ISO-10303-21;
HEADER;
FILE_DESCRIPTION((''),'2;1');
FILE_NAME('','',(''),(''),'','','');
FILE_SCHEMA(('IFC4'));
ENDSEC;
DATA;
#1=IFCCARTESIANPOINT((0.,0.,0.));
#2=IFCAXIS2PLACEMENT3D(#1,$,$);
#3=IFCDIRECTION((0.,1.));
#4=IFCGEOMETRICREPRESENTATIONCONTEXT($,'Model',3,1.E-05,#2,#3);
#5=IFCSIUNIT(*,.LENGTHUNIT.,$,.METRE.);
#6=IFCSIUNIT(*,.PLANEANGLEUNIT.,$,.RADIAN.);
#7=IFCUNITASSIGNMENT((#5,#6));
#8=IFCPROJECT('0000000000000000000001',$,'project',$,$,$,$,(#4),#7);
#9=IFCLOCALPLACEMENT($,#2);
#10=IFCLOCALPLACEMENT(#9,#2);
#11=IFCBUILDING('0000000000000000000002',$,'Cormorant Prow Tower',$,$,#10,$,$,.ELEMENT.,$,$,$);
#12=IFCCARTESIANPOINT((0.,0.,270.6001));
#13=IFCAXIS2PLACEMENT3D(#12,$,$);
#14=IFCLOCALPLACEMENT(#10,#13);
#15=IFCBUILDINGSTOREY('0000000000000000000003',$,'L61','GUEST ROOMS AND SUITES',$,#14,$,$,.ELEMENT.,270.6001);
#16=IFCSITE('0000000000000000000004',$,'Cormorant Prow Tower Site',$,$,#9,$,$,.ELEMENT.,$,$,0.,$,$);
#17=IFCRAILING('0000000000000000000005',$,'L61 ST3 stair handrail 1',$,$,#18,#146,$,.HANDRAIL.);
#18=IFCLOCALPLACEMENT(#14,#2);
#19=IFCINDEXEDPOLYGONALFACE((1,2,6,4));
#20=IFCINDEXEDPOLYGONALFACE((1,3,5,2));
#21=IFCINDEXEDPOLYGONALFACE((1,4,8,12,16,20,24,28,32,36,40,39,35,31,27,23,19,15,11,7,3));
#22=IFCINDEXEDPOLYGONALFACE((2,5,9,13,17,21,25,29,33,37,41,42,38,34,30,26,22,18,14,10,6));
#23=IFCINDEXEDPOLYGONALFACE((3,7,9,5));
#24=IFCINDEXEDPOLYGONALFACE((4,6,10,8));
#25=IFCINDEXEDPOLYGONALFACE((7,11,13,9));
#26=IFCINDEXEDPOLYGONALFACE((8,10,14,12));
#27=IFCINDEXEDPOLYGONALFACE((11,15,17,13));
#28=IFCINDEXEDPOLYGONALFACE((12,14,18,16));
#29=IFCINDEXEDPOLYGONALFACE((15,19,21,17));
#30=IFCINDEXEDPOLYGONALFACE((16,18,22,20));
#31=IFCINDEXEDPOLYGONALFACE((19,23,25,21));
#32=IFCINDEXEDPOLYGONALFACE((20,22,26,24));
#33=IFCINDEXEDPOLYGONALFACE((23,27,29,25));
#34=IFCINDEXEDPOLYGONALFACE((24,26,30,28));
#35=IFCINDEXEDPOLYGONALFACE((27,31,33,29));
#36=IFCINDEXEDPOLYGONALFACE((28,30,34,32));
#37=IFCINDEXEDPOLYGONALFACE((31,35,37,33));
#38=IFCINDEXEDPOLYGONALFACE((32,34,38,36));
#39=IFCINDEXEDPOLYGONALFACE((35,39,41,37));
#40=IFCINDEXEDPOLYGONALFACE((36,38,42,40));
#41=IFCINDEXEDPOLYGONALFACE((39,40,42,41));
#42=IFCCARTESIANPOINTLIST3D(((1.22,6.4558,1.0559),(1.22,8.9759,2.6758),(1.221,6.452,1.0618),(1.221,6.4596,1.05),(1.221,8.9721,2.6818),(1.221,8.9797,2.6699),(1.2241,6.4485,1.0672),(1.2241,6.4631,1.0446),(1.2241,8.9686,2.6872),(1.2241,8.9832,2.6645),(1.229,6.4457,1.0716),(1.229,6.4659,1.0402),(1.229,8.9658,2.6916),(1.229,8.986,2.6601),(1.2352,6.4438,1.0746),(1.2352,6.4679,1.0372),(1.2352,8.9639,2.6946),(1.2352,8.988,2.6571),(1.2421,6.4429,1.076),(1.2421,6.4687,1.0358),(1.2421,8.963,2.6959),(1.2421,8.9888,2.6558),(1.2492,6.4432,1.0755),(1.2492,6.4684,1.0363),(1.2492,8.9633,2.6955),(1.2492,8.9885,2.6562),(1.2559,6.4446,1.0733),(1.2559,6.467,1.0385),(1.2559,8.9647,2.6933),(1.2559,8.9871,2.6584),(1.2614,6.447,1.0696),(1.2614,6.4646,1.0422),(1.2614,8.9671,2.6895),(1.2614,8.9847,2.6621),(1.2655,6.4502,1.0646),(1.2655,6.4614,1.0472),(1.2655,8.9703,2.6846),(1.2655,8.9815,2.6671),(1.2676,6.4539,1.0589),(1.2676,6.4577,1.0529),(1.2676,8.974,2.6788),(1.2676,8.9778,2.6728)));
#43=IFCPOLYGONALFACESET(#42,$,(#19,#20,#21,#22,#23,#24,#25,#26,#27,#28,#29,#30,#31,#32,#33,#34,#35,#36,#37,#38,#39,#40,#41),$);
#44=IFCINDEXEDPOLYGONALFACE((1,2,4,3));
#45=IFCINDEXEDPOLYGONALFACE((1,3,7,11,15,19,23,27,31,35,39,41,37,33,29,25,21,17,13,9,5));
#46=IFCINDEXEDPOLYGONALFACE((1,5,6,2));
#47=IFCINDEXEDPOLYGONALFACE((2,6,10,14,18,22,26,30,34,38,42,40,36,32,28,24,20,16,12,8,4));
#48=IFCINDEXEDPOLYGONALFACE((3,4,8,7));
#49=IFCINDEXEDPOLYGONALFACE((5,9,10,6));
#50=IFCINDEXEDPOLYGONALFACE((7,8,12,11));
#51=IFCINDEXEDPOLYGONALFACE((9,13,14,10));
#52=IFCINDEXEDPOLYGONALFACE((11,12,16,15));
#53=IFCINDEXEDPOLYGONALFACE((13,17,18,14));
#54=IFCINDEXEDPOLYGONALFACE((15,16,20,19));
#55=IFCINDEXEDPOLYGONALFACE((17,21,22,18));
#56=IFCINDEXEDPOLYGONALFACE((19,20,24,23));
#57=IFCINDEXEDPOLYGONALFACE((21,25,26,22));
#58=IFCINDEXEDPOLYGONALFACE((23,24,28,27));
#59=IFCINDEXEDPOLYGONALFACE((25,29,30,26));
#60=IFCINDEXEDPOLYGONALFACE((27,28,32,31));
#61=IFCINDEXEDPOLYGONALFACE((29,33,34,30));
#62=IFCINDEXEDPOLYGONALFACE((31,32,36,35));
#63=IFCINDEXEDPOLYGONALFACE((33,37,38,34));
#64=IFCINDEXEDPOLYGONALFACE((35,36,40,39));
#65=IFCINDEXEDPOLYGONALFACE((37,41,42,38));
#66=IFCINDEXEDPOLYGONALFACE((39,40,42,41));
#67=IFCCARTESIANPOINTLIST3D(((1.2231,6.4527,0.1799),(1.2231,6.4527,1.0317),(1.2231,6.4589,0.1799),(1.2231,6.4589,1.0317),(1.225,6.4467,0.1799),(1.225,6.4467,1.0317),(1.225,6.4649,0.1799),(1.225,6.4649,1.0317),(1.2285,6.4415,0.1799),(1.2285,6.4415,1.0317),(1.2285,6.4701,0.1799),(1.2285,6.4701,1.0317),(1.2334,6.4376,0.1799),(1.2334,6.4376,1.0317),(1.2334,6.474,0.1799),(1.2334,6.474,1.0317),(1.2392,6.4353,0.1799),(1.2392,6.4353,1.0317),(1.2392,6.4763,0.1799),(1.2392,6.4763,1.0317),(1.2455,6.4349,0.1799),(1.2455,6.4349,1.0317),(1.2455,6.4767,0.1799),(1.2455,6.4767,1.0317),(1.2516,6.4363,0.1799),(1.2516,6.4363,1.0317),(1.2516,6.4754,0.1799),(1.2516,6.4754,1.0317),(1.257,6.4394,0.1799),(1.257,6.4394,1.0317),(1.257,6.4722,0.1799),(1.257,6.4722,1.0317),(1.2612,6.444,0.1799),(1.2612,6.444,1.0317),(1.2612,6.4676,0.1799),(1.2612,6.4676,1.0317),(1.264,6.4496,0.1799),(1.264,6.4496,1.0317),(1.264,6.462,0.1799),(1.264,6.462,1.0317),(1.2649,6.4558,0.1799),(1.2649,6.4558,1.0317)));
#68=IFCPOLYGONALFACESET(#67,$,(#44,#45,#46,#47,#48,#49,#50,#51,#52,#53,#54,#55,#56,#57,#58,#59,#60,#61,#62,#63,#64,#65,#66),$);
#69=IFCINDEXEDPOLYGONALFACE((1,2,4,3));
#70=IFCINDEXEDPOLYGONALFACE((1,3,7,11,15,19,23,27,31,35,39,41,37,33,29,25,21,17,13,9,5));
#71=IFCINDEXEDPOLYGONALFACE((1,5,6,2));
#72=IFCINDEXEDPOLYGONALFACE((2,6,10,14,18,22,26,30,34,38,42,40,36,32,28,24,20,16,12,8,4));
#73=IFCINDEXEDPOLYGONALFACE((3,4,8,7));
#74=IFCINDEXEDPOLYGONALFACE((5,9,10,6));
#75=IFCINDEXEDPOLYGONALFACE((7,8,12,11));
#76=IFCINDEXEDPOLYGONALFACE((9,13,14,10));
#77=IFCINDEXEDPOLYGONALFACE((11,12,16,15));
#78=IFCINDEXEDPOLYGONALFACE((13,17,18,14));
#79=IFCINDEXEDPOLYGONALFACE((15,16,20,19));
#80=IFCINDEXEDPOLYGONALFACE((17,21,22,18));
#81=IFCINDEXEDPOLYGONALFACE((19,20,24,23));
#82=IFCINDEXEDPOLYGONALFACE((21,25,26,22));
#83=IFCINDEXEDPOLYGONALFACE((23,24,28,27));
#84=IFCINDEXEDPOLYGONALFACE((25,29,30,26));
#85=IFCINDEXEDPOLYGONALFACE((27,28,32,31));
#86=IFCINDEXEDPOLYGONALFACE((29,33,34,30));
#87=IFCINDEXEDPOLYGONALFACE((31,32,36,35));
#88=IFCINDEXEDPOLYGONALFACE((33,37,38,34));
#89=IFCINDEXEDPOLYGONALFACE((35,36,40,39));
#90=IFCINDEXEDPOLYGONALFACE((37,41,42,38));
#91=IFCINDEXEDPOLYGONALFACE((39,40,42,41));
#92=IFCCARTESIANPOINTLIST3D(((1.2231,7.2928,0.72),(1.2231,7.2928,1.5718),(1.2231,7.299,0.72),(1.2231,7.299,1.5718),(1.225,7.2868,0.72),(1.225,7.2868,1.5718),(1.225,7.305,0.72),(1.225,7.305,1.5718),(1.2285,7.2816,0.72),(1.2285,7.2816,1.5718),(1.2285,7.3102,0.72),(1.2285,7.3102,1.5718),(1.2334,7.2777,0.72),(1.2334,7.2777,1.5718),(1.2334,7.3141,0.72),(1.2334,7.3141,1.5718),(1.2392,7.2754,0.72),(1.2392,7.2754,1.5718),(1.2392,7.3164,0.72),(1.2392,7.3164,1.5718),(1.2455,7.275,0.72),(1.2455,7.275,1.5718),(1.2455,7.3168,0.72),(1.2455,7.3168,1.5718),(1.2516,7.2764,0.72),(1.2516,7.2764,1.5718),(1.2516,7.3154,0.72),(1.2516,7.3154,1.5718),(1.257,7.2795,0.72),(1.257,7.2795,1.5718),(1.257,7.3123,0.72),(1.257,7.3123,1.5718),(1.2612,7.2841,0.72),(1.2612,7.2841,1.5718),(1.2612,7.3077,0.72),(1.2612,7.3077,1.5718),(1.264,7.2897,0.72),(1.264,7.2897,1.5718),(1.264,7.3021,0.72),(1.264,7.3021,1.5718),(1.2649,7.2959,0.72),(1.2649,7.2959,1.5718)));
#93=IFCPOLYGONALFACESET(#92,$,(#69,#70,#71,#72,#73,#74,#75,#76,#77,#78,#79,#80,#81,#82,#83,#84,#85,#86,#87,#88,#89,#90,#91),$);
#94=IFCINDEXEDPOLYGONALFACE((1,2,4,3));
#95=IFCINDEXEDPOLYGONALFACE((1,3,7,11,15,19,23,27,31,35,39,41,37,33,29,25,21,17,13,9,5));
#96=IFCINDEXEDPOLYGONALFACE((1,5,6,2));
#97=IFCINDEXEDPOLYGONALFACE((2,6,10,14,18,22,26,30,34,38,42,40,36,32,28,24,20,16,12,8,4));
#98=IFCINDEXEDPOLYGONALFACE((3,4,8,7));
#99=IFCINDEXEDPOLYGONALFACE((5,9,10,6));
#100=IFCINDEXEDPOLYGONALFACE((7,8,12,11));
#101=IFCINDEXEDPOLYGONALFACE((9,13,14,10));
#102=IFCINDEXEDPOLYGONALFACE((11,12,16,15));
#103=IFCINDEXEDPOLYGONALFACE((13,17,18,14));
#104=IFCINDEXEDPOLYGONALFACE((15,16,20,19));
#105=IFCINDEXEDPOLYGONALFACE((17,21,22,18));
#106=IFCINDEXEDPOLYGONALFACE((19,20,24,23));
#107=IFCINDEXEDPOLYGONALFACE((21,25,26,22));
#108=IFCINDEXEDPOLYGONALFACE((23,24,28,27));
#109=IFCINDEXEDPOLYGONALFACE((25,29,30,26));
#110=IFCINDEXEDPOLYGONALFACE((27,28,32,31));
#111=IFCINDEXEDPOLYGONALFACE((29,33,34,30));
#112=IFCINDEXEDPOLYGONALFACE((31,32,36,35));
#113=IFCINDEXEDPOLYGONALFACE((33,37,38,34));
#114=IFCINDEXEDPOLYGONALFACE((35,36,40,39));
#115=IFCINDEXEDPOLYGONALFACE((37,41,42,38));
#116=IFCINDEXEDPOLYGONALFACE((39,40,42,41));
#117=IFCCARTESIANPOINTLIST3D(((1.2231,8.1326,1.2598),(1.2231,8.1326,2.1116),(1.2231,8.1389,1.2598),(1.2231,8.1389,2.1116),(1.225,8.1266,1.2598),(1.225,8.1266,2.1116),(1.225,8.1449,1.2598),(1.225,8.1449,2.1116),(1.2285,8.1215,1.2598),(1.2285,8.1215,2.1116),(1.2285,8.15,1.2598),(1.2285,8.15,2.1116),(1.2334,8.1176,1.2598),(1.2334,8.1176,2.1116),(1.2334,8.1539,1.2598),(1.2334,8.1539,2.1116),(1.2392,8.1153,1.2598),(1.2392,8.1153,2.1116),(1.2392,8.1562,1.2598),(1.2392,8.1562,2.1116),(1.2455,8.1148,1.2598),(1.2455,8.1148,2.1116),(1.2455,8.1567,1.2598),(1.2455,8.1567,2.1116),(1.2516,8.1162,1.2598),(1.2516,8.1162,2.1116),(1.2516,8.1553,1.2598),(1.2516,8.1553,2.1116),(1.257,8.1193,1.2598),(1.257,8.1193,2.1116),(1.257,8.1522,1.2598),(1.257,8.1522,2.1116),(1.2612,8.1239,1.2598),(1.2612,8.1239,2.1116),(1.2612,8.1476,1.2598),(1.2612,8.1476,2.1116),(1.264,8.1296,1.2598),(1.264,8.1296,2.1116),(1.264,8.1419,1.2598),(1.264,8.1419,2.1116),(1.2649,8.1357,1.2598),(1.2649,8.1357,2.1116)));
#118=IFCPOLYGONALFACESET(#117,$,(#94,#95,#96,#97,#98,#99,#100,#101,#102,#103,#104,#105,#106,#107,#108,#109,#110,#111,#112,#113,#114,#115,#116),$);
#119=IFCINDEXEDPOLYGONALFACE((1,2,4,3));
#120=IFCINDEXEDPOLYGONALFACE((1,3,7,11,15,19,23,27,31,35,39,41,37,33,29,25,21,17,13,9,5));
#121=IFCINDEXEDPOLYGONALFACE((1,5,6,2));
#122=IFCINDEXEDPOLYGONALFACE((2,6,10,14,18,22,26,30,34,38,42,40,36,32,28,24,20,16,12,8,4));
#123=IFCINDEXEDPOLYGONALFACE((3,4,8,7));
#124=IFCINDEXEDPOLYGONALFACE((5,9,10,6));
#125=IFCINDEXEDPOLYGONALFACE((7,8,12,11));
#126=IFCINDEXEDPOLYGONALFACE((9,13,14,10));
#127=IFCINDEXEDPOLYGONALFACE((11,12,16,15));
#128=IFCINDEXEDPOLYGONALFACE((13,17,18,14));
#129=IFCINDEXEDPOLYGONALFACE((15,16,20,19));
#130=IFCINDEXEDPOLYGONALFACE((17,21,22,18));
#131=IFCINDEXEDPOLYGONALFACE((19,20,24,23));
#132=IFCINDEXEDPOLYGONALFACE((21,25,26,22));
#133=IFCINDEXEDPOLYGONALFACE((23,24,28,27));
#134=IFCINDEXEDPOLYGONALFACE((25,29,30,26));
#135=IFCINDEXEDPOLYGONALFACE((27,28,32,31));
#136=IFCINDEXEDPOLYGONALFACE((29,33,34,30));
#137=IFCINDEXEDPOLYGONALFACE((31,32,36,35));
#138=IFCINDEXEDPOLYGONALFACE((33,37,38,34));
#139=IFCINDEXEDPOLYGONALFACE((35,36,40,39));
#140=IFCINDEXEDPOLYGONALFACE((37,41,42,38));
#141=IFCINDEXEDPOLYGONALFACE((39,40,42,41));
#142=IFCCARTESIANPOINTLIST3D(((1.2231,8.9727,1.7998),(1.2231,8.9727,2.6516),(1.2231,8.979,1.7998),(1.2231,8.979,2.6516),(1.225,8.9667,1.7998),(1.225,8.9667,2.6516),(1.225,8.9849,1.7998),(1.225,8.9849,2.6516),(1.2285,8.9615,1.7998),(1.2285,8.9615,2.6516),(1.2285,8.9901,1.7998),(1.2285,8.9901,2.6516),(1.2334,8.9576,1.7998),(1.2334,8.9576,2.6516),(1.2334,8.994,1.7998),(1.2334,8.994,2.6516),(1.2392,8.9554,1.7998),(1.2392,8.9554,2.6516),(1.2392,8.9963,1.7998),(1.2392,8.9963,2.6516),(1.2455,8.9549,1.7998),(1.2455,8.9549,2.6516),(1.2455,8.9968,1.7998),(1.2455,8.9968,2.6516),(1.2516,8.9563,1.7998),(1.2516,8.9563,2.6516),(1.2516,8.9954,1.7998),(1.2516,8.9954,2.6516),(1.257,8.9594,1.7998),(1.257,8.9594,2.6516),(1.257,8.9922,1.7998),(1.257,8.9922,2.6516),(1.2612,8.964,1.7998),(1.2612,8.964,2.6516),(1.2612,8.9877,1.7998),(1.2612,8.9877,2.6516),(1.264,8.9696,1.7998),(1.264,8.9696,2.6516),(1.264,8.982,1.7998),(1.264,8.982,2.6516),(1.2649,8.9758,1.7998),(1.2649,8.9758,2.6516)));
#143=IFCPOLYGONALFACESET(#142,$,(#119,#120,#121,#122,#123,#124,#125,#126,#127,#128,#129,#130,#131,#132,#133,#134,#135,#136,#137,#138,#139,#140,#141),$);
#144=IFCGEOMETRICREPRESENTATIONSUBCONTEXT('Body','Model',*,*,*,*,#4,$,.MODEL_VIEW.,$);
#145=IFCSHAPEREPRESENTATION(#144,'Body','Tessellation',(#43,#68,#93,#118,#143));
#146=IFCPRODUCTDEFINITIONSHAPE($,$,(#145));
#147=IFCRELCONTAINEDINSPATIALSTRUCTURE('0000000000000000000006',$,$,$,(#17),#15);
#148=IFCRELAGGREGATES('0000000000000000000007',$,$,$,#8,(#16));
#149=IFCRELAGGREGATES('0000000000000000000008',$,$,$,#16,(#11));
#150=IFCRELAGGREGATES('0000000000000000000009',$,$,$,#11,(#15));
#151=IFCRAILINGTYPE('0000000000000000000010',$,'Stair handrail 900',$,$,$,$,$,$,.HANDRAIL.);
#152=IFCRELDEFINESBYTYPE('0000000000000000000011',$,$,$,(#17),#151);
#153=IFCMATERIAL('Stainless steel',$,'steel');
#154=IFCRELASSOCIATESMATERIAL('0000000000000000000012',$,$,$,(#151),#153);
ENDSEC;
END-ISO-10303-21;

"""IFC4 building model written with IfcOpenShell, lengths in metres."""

from ifc_helpers import new_model, si_unit, direction, frame, origin, origin_2d, place, context, subcontext, project, spatial, circle, extrude, material, type_object, element, save


model = new_model("IFC4")

# Units and contexts
model_context = context("Model", 3, precision=1e-05, world=origin(), true_north=direction((0.0, 1.0)))
body_context = subcontext(model_context, "Body", "Model", "MODEL_VIEW")
ifc_project = project(units=[si_unit("LENGTHUNIT", "METRE"), si_unit("PLANEANGLEUNIT", "RADIAN")], contexts=[model_context])

# Site, building, storey
site_placement = place(None, origin())
site = spatial("IfcSite", under=ifc_project, at=site_placement, Name="Cormorant Prow Tower Site", CompositionType="ELEMENT", RefElevation=0.0)
building_placement = place(site_placement, origin())
building = spatial("IfcBuilding", under=site, at=building_placement, Name="Cormorant Prow Tower", CompositionType="ELEMENT")
storey_placement = place(building_placement, frame((0.0, 0.0, 270.6001)))
storey = spatial("IfcBuildingStorey", under=building, at=storey_placement, Name="L61", Description="GUEST ROOMS AND SUITES", CompositionType="ELEMENT", Elevation=270.6001)

# Railing
ifc_material_1 = material(Name="Stainless steel", Category="steel")
railing_type_1 = type_object("IfcRailingType", Name="Stair handrail 900", PredefinedType="HANDRAIL", material=ifc_material_1)
railing_1_placement = place(storey_placement, frame((1.2439, 6.4558, 0.1799)))
element("IfcRailing", 1, at=railing_1_placement, inside=storey, type_object=railing_type_1, Name="L61 ST3 stair handrail 1", PredefinedType="HANDRAIL", context=body_context, shape_type="SweptSolid", body=[
    extrude(circle(Radius=0.0239, at=origin_2d()), frame((0.0, 0.0, 0.876), z_axis=(0.0, 0.8412, 0.540725), x_axis=(-1.0, 0.0, 0.0)), (0.0, 0.0, 1.0), 2.9958),
    extrude(circle(Radius=0.021, at=origin_2d()), origin(), (0.0, 0.0, 1.0), 0.8518),
    extrude(circle(Radius=0.021, at=origin_2d()), frame((0.0, 0.8401, 0.54)), (0.0, 0.0, 1.0), 0.8518),
    extrude(circle(Radius=0.021, at=origin_2d()), frame((0.0, 1.6799, 1.0798)), (0.0, 0.0, 1.0), 0.8518),
    extrude(circle(Radius=0.021, at=origin_2d()), frame((0.0, 2.52, 1.6199)), (0.0, 0.0, 1.0), 0.8518),
])

save(model, "model.ifc")
